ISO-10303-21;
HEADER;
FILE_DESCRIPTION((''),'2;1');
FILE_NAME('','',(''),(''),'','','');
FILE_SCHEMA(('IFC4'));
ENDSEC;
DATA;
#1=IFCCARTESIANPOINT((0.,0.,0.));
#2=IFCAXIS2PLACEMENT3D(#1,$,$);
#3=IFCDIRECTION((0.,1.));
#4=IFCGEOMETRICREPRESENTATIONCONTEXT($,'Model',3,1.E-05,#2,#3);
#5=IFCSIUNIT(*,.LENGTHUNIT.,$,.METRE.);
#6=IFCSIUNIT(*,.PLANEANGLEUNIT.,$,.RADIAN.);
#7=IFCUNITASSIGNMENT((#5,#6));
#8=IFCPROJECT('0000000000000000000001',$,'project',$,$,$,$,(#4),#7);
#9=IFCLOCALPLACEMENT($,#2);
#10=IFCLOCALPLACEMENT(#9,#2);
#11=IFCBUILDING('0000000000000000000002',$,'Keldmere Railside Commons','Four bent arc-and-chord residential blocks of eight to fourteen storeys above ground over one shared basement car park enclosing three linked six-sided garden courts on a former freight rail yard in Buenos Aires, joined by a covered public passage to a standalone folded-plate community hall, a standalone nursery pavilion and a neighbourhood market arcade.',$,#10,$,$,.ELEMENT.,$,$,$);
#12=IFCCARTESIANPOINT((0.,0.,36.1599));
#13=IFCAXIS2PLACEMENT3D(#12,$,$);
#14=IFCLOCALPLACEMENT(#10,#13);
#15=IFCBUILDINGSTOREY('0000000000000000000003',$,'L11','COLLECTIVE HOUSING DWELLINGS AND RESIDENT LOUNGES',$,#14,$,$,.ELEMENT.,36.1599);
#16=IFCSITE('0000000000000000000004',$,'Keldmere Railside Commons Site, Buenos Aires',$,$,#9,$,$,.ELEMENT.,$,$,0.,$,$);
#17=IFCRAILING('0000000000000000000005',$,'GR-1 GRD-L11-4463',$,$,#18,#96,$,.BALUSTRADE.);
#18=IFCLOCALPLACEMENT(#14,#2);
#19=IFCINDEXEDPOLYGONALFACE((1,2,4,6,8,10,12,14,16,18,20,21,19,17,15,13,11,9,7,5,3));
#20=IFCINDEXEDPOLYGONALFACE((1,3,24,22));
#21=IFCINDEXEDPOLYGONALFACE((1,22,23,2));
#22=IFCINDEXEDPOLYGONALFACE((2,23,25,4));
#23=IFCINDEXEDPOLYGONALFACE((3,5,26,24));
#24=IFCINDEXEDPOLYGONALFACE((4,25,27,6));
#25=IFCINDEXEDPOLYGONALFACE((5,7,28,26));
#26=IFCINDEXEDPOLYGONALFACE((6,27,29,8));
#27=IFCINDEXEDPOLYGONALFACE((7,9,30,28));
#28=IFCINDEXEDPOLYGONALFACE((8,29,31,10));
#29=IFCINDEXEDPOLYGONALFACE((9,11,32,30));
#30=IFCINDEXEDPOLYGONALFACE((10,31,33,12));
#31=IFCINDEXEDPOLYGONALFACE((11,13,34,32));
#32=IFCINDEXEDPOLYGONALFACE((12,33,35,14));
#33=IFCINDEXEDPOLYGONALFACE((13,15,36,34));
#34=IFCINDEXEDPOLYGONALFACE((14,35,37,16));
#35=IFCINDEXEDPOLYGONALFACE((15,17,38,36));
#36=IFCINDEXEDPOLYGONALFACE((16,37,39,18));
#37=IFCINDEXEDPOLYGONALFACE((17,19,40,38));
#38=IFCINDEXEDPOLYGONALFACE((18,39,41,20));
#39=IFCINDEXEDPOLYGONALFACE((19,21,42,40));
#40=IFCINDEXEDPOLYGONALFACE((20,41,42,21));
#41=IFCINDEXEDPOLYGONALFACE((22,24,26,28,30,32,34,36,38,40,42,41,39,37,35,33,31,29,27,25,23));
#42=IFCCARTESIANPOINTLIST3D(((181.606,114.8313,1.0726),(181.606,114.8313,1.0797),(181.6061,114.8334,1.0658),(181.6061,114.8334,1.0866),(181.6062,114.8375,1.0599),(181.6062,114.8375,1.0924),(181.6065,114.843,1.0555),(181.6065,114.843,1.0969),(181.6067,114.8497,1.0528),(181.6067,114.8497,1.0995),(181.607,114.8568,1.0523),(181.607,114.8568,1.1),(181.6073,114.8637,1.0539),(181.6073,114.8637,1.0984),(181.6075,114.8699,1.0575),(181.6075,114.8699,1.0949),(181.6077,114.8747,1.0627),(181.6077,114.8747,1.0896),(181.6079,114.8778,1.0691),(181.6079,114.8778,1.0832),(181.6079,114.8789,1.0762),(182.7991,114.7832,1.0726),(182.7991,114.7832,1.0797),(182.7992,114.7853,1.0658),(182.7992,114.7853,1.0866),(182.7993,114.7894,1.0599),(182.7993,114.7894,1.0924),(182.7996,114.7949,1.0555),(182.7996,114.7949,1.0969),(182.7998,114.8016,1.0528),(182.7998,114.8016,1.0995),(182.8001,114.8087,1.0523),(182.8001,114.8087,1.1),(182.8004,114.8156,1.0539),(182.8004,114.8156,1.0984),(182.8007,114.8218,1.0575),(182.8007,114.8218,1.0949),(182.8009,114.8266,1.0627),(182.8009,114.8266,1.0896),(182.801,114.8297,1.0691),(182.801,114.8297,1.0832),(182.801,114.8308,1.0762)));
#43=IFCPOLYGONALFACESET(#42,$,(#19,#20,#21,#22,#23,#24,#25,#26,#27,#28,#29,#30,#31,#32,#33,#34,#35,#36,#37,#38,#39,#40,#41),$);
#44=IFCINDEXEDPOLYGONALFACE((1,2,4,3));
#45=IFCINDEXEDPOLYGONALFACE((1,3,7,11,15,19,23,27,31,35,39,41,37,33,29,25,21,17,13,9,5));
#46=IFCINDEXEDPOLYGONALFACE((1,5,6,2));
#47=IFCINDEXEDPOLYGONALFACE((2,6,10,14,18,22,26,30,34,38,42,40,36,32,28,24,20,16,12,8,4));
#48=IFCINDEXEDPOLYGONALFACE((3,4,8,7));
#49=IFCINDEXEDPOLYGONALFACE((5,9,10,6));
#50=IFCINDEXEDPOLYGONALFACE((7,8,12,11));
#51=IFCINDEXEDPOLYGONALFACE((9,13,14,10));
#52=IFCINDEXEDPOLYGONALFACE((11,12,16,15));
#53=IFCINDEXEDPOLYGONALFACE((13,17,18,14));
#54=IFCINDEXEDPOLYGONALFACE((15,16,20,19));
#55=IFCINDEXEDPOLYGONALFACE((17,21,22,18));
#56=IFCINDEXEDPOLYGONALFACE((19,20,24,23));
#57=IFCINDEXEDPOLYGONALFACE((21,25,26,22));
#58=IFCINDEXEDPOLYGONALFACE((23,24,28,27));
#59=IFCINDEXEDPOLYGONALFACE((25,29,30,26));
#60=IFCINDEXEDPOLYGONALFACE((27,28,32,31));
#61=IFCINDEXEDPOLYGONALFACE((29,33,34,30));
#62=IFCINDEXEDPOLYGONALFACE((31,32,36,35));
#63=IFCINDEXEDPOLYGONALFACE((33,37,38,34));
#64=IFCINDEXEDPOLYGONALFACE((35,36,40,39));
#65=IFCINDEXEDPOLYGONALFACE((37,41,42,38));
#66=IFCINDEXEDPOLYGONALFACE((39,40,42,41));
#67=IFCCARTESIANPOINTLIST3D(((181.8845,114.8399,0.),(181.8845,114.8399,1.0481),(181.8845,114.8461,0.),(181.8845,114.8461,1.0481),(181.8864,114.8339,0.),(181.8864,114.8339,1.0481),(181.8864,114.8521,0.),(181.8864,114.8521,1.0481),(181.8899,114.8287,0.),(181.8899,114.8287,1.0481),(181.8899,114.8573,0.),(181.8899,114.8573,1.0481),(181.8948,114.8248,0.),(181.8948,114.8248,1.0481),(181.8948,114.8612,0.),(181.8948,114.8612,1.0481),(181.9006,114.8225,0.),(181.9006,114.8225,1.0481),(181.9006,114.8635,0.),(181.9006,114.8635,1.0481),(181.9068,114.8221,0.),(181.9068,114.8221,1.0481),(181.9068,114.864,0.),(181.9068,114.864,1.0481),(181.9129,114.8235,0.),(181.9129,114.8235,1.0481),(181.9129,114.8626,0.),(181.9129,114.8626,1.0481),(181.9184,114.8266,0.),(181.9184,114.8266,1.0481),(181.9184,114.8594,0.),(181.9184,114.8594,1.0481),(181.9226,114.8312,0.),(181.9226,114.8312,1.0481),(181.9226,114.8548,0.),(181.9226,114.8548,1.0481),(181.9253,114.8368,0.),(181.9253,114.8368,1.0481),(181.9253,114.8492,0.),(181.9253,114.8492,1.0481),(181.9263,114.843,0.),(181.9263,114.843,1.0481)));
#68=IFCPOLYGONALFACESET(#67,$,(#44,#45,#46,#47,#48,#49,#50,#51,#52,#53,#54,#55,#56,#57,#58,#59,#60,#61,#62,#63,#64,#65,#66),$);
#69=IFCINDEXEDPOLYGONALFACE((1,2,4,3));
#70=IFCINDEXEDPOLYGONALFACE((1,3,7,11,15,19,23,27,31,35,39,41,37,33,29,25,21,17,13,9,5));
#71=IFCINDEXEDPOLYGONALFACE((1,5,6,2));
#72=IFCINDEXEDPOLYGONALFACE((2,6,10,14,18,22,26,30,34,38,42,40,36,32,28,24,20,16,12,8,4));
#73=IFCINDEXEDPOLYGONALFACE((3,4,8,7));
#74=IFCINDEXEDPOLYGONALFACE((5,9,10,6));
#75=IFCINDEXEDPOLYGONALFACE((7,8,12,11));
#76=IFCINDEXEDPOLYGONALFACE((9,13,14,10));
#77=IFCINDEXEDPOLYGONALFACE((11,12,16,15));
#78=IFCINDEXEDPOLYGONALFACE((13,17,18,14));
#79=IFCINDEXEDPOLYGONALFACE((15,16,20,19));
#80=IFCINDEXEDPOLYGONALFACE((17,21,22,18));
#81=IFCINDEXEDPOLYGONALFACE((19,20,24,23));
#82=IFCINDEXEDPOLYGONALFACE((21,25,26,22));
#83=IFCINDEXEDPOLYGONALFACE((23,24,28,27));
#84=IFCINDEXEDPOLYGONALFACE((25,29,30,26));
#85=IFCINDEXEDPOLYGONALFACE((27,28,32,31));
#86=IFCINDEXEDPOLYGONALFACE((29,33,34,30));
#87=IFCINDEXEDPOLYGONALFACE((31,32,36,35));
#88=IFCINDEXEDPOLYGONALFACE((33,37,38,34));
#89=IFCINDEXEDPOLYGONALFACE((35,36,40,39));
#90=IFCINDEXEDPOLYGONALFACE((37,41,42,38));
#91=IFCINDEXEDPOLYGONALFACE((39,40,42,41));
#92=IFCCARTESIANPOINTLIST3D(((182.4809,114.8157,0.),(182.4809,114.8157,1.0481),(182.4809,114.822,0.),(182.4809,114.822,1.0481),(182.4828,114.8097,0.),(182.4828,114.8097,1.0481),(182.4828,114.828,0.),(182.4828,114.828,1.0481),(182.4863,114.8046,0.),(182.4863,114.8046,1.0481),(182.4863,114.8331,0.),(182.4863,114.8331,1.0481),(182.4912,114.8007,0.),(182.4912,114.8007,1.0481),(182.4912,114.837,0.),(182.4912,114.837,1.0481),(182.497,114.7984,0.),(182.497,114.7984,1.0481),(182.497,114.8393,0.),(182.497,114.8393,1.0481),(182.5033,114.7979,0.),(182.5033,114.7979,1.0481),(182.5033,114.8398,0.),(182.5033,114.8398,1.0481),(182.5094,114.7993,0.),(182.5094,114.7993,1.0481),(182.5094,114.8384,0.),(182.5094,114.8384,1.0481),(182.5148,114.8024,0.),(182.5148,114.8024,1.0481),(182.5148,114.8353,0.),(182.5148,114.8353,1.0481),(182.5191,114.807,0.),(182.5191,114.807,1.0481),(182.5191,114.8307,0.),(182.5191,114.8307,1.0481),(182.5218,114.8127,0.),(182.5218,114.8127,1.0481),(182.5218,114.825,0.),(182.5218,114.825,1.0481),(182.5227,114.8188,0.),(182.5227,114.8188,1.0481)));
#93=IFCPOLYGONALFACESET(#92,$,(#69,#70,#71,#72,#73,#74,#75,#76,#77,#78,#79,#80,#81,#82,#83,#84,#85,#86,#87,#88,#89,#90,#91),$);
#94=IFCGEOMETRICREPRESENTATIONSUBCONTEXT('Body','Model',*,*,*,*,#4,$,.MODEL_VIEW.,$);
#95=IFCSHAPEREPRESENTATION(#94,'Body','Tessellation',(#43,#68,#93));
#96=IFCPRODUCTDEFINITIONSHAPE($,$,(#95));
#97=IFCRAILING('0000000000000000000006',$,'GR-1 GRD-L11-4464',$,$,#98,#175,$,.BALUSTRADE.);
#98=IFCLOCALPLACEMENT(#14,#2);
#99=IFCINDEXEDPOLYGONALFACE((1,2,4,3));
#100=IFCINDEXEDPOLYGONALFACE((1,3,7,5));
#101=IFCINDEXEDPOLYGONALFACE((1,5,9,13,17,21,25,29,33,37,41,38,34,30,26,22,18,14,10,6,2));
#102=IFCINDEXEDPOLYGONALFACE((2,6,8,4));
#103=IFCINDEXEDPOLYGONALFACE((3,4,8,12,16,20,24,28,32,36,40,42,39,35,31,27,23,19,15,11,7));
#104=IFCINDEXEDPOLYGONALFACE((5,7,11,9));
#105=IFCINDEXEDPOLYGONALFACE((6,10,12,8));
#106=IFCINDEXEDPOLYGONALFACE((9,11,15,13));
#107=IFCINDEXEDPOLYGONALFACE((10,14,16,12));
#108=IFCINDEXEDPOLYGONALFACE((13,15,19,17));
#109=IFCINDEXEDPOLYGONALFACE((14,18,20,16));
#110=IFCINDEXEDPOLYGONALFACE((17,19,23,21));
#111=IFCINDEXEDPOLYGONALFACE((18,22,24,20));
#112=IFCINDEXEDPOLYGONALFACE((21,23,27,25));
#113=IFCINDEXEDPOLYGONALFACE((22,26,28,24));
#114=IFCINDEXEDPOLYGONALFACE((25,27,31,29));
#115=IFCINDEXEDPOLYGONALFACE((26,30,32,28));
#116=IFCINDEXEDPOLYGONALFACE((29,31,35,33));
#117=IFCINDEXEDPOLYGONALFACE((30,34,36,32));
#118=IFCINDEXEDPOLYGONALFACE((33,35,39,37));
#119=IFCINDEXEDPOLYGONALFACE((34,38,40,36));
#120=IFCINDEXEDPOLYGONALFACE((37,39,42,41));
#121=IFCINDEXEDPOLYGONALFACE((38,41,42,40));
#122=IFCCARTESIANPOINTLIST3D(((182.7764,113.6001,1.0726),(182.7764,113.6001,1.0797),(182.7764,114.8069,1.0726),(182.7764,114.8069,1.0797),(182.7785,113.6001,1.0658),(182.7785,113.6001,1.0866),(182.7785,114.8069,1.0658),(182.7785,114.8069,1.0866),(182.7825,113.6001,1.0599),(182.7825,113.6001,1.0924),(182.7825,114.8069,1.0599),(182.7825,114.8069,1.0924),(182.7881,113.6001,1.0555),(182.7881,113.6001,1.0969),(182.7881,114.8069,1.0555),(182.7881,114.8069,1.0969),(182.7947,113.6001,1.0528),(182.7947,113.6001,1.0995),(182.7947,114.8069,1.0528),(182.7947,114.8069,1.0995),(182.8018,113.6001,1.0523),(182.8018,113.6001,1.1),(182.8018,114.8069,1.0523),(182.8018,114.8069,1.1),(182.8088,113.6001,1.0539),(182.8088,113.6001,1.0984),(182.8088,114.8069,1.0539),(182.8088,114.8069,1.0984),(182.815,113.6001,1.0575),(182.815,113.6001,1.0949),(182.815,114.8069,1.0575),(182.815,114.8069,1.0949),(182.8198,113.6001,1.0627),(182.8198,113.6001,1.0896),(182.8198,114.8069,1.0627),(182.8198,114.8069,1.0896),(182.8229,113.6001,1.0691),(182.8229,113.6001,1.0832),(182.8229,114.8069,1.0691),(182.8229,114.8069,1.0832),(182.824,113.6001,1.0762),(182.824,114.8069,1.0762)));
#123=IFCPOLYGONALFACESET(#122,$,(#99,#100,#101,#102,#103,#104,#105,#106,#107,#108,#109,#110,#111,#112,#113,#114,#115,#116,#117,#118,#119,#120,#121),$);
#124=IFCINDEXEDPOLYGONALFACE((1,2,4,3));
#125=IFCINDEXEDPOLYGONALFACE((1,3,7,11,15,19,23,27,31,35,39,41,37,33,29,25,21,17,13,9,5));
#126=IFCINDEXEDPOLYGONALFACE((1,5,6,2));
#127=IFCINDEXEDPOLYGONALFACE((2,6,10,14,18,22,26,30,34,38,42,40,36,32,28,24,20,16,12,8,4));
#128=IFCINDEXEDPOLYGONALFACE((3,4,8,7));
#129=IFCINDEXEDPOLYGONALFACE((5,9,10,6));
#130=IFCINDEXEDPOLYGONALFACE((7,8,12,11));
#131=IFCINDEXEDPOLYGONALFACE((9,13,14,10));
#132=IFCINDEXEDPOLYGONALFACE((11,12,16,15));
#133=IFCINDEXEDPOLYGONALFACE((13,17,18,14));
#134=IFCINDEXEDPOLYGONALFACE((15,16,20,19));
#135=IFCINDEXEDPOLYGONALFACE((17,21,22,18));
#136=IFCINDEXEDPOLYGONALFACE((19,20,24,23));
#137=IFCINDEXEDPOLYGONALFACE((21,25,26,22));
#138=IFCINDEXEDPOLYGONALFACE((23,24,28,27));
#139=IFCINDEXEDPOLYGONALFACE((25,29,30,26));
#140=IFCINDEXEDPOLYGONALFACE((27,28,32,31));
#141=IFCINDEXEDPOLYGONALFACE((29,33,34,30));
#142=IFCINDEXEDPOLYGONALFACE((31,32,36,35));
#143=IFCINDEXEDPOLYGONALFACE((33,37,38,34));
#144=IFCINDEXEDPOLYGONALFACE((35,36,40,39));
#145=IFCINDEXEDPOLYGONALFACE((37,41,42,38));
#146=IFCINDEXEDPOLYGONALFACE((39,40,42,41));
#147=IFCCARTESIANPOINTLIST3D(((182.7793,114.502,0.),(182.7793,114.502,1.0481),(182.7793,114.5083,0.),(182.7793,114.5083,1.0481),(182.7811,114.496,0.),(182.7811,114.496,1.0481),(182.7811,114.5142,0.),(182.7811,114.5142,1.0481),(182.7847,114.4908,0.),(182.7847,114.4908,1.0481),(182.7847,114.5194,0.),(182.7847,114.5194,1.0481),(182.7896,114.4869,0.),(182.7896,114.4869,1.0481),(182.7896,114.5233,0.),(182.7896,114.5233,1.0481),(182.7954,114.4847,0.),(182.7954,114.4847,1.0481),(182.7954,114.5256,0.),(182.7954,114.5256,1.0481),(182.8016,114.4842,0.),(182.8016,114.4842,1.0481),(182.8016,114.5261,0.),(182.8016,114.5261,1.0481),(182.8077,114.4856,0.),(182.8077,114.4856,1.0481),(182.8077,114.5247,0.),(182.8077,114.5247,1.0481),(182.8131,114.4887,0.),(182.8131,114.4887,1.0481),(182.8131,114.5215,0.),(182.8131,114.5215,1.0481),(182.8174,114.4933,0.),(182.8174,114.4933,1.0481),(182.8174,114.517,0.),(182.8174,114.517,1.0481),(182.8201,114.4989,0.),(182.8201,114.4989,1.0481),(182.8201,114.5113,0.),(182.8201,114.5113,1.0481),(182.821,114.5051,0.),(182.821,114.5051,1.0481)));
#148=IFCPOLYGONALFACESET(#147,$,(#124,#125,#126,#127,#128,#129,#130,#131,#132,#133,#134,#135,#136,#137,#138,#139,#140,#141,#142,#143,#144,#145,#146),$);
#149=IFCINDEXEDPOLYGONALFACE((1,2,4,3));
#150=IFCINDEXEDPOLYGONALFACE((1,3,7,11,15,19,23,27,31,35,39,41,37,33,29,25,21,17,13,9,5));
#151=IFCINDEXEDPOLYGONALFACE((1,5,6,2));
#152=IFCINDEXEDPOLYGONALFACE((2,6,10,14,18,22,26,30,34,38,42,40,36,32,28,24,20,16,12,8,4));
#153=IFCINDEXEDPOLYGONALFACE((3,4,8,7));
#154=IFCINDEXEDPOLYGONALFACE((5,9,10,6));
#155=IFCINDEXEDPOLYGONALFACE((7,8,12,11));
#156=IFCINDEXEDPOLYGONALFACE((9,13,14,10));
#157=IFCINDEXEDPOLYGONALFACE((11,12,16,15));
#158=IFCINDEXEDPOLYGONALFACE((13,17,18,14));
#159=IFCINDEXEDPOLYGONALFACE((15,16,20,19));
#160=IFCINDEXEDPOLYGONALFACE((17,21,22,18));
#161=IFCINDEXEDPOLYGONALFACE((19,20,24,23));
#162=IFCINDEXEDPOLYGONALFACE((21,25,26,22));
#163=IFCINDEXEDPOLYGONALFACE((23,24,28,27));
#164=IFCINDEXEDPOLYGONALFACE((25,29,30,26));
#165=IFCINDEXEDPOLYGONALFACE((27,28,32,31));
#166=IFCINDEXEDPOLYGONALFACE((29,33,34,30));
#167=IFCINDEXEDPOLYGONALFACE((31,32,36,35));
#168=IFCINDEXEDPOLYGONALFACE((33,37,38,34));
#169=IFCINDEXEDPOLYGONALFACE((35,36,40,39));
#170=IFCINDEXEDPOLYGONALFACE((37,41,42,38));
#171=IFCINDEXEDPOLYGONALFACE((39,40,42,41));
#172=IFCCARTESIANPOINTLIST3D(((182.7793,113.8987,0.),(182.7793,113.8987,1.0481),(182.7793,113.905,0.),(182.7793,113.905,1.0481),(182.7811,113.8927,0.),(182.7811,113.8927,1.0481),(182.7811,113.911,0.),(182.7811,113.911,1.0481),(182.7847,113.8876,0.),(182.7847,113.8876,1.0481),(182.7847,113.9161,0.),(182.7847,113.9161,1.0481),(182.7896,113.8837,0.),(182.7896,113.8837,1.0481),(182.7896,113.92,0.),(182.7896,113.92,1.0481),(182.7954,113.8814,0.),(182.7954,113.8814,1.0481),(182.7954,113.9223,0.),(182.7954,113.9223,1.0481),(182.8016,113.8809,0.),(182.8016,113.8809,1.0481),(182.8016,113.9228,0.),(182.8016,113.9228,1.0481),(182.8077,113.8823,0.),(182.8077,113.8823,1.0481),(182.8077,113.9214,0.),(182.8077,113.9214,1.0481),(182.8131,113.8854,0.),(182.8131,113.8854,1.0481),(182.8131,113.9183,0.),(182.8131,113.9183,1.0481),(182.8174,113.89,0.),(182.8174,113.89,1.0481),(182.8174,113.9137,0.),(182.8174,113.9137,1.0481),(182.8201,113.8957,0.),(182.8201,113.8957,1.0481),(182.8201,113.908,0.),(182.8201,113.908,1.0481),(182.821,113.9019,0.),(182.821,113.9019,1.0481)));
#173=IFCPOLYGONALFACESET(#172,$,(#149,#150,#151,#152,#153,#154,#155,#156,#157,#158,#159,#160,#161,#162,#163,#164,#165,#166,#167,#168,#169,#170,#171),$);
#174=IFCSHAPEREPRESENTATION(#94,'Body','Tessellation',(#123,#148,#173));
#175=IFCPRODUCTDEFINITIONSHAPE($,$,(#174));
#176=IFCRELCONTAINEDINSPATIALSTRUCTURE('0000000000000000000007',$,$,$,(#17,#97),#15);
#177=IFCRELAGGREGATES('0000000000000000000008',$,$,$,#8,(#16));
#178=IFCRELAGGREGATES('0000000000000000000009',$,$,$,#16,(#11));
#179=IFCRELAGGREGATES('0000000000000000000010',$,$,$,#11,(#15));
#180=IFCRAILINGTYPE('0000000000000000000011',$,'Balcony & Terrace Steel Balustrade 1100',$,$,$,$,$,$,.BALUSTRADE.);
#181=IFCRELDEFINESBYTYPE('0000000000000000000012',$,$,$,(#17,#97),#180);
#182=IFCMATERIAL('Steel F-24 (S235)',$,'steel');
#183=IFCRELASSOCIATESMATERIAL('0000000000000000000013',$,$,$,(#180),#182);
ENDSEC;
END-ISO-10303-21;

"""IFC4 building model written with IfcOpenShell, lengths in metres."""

from ifc_helpers import new_model, si_unit, direction, frame, origin, origin_2d, place, context, subcontext, project, spatial, circle, extrude, material, type_object, element, save


model = new_model("IFC4")

# Units and contexts
model_context = context("Model", 3, precision=1e-05, world=origin(), true_north=direction((0.0, 1.0)))
body_context = subcontext(model_context, "Body", "Model", "MODEL_VIEW")
ifc_project = project(units=[si_unit("LENGTHUNIT", "METRE"), si_unit("PLANEANGLEUNIT", "RADIAN")], contexts=[model_context])

# Site, building, storey
site_placement = place(None, origin())
site = spatial("IfcSite", under=ifc_project, at=site_placement, Name="Keldmere Railside Commons Site, Buenos Aires", CompositionType="ELEMENT", RefElevation=0.0)
building_placement = place(site_placement, origin())
building = spatial("IfcBuilding", under=site, at=building_placement, Name="Keldmere Railside Commons", Description="Four bent arc-and-chord residential blocks of eight to fourteen storeys above ground over one shared basement car park enclosing three linked six-sided garden courts on a former freight rail yard in Buenos Aires, joined by a covered public passage to a standalone folded-plate community hall, a standalone nursery pavilion and a neighbourhood market arcade.", CompositionType="ELEMENT")
storey_placement = place(building_placement, frame((0.0, 0.0, 36.1599)))
storey = spatial("IfcBuildingStorey", under=building, at=storey_placement, Name="L11", Description="COLLECTIVE HOUSING DWELLINGS AND RESIDENT LOUNGES", CompositionType="ELEMENT", Elevation=36.1599)

# Railings
ifc_material_1 = material(Name="Steel F-24 (S235)", Category="steel")
railing_type = type_object("IfcRailingType", Name="Balcony & Terrace Steel Balustrade 1100", PredefinedType="BALUSTRADE", material=ifc_material_1)
railing_1_placement = place(storey_placement, frame((181.6069, 114.855, 0.0)))
element("IfcRailing", 1, at=railing_1_placement, inside=storey, type_object=railing_type, Name="GR-1 GRD-L11-4463", PredefinedType="BALUSTRADE", context=body_context, shape_type="SweptSolid", body=[
    extrude(circle(Radius=0.0239, at=origin_2d()), frame((0.0, 0.0, 1.0762), z_axis=(0.999188, -0.040278, 0.0), x_axis=(0.040278, 0.999188, 0.0)), (0.0, 0.0, 1.0), 1.1941),
    extrude(circle(Radius=0.021, at=origin_2d()), frame((0.2983, -0.012, 0.0)), (0.0, 0.0, 1.0), 1.0481),
    extrude(circle(Radius=0.021, at=origin_2d()), frame((0.8948, -0.0361, 0.0)), (0.0, 0.0, 1.0), 1.0481),
])
railing_2_placement = place(storey_placement, frame((182.8, 114.8069, 0.0)))
element("IfcRailing", 2, at=railing_2_placement, inside=storey, type_object=railing_type, Name="GR-1 GRD-L11-4464", PredefinedType="BALUSTRADE", context=body_context, shape_type="SweptSolid", body=[
    extrude(circle(Radius=0.0239, at=origin_2d()), frame((0.0, 0.0, 1.0762), z_axis=(0.0, -1.0, 0.0), x_axis=(1.0, 0.0, 0.0)), (0.0, 0.0, 1.0), 1.2068),
    extrude(circle(Radius=0.021, at=origin_2d()), frame((0.0, -0.3018, 0.0)), (0.0, 0.0, 1.0), 1.0481),
    extrude(circle(Radius=0.021, at=origin_2d()), frame((0.0, -0.905, 0.0)), (0.0, 0.0, 1.0), 1.0481),
])

save(model, "model.ifc")
